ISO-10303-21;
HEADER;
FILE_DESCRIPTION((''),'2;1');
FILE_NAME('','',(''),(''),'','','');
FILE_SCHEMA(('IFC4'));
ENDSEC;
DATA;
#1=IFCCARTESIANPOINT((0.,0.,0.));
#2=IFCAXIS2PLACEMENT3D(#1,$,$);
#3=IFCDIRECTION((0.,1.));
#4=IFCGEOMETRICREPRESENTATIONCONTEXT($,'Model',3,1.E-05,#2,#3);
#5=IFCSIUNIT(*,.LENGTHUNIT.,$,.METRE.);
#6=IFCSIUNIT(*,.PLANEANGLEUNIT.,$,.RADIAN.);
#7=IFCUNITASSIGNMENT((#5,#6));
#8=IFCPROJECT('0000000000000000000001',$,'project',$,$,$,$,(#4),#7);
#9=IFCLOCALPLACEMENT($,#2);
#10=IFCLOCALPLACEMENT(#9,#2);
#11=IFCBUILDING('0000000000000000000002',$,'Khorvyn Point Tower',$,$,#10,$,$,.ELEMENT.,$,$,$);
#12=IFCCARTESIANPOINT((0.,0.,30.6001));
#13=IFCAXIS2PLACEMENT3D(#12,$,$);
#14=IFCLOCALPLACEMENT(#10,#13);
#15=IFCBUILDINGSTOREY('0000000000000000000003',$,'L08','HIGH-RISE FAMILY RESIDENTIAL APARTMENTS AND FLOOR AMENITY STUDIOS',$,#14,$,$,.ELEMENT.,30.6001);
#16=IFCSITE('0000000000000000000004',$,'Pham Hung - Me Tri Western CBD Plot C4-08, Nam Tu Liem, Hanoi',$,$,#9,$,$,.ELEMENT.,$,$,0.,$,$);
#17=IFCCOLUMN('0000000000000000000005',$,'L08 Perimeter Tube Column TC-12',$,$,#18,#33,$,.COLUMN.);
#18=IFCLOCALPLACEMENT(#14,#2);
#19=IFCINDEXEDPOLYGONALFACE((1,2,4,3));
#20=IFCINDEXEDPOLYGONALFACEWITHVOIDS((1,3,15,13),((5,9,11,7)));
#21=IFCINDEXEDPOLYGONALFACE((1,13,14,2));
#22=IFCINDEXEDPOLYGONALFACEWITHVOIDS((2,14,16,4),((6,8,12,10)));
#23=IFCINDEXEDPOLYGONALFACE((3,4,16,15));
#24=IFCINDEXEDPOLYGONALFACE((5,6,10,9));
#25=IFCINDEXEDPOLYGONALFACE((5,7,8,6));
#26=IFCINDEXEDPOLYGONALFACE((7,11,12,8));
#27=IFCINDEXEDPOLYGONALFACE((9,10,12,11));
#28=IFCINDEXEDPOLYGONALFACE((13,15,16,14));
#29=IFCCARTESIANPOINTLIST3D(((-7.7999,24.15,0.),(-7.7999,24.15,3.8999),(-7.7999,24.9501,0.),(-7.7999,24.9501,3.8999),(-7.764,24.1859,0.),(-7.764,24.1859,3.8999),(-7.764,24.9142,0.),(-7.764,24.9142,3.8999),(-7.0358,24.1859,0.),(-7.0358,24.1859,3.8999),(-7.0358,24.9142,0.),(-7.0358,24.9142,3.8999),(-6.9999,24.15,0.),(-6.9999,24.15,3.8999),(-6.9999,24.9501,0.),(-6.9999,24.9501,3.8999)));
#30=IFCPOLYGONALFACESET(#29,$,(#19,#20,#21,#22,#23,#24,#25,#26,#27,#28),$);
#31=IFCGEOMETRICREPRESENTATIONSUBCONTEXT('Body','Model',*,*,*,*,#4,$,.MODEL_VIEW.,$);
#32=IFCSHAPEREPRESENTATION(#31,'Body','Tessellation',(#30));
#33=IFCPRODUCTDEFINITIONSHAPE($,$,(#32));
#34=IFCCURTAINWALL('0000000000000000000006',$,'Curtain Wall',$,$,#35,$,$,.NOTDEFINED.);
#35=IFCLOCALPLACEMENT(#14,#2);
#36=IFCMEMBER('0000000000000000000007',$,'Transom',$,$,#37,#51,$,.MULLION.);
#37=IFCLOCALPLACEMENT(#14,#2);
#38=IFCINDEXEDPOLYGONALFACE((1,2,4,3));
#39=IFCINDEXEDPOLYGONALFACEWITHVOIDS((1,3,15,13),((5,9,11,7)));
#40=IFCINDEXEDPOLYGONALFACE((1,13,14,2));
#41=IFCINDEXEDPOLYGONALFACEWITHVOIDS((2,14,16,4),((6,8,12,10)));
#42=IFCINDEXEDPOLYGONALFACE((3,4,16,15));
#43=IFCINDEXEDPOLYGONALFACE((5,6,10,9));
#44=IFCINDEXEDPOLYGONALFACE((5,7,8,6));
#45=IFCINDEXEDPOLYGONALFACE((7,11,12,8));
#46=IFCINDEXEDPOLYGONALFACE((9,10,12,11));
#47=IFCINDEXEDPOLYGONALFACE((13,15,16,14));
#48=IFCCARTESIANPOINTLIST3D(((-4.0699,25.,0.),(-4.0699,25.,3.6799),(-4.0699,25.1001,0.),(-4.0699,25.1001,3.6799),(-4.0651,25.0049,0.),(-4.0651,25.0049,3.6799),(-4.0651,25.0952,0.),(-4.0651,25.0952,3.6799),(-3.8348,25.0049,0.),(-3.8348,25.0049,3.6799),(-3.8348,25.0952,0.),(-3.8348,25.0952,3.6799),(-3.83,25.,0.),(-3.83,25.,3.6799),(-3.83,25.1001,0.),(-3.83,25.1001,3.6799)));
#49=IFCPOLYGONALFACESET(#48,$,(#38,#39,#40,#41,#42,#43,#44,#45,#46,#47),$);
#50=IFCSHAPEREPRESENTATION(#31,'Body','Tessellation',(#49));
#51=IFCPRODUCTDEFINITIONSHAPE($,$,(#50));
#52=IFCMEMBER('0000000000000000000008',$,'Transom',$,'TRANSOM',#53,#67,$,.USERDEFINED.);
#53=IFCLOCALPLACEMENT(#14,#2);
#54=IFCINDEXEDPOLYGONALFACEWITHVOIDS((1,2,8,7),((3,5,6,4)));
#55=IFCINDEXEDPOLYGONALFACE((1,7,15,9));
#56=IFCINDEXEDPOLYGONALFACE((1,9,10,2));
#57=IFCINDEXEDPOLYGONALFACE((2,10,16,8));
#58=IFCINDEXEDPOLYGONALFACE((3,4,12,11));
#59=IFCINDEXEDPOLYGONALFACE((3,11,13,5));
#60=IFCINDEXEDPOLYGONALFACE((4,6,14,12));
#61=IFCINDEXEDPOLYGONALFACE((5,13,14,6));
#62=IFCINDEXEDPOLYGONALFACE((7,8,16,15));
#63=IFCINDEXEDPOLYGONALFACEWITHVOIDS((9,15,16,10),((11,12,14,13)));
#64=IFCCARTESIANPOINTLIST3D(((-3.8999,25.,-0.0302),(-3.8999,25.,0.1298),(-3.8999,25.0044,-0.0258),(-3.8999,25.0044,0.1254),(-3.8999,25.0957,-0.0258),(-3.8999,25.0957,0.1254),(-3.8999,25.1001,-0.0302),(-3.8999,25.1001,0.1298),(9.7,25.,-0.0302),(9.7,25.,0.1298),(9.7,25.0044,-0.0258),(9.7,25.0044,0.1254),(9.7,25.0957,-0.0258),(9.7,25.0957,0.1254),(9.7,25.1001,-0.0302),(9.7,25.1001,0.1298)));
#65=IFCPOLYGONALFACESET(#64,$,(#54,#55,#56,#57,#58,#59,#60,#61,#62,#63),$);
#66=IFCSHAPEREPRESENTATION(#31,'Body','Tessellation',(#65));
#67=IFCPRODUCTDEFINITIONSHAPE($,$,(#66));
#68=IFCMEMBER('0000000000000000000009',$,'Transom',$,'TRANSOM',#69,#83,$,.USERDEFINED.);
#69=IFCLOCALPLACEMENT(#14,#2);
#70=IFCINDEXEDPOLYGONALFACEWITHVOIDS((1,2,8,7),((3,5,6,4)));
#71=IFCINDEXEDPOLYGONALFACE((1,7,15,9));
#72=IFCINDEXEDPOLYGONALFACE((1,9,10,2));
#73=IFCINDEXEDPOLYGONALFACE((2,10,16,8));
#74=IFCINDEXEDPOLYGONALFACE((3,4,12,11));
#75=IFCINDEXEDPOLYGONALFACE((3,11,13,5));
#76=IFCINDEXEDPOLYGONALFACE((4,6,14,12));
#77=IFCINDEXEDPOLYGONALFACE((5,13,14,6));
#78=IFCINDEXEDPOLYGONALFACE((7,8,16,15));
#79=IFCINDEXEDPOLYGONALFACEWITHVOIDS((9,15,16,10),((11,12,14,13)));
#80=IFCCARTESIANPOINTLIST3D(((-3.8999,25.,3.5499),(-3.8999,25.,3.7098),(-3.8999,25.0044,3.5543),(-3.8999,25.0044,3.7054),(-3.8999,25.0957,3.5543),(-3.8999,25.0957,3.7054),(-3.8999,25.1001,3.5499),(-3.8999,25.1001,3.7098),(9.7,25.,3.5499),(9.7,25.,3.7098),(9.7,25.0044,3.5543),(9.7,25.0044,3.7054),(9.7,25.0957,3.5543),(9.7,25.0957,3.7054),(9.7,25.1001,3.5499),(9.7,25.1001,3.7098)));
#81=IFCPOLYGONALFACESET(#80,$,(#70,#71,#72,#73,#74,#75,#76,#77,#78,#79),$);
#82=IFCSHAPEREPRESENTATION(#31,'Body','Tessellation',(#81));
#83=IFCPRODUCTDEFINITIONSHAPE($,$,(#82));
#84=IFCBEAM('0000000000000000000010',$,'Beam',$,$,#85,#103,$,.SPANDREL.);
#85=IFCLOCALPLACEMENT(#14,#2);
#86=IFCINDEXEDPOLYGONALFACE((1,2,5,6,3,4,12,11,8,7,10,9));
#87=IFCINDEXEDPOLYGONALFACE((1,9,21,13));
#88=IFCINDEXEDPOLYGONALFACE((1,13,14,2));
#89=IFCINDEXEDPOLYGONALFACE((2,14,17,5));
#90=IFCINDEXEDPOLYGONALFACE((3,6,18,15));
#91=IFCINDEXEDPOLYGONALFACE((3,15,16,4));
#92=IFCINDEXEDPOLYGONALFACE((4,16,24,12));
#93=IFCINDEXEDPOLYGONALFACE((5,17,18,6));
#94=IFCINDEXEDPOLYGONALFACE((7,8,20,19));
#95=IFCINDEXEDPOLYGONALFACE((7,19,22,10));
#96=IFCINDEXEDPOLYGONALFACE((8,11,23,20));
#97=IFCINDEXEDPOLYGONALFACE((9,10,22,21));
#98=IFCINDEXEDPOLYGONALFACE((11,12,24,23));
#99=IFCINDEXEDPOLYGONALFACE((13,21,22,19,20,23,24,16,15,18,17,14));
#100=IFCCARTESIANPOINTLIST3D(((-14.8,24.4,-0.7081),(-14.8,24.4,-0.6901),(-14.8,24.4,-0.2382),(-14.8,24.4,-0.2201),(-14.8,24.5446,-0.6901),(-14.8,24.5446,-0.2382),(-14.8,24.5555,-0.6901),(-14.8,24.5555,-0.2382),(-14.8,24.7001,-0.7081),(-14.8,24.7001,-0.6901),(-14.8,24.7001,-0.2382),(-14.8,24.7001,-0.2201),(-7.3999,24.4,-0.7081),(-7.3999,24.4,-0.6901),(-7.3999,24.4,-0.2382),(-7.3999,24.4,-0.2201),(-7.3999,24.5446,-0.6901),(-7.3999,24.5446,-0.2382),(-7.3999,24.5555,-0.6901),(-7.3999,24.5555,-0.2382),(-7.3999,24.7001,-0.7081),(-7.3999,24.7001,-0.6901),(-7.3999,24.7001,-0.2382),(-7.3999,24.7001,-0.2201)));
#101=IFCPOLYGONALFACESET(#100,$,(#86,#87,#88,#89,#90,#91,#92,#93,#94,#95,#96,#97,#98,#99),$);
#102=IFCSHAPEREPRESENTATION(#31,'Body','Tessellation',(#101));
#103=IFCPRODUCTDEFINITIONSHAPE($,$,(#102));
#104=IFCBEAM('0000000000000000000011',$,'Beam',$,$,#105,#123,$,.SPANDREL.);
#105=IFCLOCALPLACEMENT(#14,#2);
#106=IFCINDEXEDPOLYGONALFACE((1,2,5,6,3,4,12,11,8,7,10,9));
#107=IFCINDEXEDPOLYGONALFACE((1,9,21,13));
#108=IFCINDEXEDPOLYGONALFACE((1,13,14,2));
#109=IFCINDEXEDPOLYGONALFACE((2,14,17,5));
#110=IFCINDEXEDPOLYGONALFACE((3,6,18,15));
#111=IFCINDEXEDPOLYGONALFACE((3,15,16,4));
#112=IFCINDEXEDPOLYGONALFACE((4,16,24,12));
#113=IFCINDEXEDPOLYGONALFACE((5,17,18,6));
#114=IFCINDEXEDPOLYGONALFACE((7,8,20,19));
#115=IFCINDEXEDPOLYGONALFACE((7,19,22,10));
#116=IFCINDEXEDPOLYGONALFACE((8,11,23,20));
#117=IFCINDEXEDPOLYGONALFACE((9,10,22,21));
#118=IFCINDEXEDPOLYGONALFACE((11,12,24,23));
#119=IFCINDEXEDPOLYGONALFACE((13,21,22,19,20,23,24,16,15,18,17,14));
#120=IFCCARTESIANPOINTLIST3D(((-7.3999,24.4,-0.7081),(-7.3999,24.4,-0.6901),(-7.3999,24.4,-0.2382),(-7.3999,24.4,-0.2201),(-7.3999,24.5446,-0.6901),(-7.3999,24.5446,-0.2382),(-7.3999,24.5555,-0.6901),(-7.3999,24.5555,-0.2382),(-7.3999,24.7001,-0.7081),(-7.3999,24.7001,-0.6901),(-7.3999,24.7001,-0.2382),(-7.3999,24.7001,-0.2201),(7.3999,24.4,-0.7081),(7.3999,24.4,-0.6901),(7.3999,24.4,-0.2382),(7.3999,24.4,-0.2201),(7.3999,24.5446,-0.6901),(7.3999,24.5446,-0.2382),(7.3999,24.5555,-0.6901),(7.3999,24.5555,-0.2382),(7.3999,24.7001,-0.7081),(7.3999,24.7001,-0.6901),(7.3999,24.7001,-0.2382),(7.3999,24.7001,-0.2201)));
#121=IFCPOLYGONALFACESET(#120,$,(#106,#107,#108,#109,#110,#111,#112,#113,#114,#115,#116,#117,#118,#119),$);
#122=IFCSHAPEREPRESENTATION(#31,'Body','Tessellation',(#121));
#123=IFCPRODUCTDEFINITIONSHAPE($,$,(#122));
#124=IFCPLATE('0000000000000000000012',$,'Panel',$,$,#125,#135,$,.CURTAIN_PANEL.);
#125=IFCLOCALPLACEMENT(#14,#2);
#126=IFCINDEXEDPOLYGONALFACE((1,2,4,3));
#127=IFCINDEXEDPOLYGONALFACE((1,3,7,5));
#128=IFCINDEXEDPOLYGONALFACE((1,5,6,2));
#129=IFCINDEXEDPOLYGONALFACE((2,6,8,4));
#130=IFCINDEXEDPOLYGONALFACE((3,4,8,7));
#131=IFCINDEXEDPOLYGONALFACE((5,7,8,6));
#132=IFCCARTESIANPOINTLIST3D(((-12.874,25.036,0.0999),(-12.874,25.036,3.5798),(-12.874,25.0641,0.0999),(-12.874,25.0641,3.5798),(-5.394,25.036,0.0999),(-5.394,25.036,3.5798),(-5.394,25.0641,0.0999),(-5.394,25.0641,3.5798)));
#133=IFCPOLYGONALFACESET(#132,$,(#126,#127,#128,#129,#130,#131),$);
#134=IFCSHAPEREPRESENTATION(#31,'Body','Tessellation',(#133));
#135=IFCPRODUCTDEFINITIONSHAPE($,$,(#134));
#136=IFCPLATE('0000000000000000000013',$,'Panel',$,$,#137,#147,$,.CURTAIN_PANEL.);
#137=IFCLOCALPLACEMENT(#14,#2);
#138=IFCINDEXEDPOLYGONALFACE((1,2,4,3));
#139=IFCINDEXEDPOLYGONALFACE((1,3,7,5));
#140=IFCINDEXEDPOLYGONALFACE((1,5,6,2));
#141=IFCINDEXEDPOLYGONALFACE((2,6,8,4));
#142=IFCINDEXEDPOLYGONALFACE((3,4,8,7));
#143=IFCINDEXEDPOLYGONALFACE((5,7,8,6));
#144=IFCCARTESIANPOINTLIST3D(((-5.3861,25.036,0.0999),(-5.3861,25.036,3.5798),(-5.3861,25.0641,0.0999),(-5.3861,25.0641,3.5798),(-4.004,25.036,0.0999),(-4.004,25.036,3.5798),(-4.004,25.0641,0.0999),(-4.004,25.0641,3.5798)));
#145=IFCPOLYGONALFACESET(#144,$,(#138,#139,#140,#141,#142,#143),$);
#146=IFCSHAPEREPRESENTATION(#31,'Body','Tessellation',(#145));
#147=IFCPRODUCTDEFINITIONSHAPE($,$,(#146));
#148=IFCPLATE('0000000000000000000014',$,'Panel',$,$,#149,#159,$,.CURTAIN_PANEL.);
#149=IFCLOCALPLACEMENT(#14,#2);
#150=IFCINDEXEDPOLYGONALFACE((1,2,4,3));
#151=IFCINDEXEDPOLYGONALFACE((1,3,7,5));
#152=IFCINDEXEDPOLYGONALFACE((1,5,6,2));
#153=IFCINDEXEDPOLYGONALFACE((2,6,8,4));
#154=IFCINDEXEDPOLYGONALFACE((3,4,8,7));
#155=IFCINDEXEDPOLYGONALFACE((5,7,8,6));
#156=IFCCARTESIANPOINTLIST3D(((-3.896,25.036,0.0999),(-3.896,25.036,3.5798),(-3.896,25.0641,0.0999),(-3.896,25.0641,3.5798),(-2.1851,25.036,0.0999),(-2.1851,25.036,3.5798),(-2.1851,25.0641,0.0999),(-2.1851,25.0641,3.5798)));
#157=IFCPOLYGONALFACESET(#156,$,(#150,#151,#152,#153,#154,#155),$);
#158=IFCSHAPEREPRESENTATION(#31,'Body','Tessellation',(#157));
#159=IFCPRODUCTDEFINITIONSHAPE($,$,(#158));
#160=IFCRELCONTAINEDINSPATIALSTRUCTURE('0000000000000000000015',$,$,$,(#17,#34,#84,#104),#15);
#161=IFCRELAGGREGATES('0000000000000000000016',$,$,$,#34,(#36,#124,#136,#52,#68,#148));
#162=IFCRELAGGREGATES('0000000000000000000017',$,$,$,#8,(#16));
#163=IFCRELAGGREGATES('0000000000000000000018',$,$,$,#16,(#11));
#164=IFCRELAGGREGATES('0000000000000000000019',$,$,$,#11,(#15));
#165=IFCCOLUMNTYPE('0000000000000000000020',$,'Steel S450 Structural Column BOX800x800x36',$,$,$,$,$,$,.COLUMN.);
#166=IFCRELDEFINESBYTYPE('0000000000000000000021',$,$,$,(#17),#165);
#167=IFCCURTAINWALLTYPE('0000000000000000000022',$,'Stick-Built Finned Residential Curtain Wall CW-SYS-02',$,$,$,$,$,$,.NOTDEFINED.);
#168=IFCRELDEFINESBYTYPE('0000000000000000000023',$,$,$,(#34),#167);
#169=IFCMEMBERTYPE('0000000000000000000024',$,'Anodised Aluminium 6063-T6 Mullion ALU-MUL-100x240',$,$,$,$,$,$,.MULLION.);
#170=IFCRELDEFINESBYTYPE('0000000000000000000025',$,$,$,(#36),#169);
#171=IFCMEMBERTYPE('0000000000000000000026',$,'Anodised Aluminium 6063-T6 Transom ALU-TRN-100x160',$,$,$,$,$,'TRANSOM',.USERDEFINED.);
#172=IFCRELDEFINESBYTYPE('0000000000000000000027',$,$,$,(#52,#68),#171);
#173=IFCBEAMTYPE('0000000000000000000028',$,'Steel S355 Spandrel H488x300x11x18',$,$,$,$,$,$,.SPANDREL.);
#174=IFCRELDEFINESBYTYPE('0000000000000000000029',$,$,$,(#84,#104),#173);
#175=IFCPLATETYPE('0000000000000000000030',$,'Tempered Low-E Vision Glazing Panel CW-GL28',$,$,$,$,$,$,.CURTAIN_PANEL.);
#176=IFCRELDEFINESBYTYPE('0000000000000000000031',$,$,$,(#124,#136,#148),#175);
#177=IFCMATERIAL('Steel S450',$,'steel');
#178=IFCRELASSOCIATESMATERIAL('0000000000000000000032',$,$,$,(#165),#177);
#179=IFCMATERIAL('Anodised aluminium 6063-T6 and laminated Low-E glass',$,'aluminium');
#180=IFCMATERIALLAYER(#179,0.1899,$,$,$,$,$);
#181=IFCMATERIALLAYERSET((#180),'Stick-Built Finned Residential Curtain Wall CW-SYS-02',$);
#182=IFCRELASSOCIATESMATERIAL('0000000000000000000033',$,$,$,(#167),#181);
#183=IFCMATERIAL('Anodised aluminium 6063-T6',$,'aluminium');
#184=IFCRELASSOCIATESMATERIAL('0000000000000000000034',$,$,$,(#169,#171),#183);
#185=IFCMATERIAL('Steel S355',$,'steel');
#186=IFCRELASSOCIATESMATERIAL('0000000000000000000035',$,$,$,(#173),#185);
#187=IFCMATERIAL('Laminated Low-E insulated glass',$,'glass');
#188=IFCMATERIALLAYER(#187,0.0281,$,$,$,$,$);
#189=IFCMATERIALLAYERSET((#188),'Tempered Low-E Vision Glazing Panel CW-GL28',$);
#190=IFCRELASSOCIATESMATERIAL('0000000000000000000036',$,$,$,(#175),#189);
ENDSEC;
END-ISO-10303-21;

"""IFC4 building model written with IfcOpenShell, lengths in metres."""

from ifc_helpers import new_model, si_unit, direction, frame, origin, origin_2d, place, context, subcontext, project, spatial, rectangle, hollow_rectangle, i_section, extrude, material, layer, layer_set, material_profile, profile_set, type_object, element, aggregate, save


model = new_model("IFC4")

# Units and contexts
model_context = context("Model", 3, precision=1e-05, world=origin(), true_north=direction((0.0, 1.0)))
body_context = subcontext(model_context, "Body", "Model", "MODEL_VIEW")
ifc_project = project(units=[si_unit("LENGTHUNIT", "METRE"), si_unit("PLANEANGLEUNIT", "RADIAN")], contexts=[model_context])

# Site, building, storey
site_placement = place(None, origin())
site = spatial("IfcSite", under=ifc_project, at=site_placement, Name="Pham Hung - Me Tri Western CBD Plot C4-08, Nam Tu Liem, Hanoi", CompositionType="ELEMENT", RefElevation=0.0)
building_placement = place(site_placement, origin())
building = spatial("IfcBuilding", under=site, at=building_placement, Name="Khorvyn Point Tower", CompositionType="ELEMENT")
storey_placement = place(building_placement, frame((0.0, 0.0, 30.6001)))
storey = spatial("IfcBuildingStorey", under=building, at=storey_placement, Name="L08", Description="HIGH-RISE FAMILY RESIDENTIAL APARTMENTS AND FLOOR AMENITY STUDIOS", CompositionType="ELEMENT", Elevation=30.6001)

# Column
ifc_material_1 = material(Name="Steel S450", Category="steel")
ifc_material_profile_1 = material_profile(ifc_material_1, hollow_rectangle(XDim=0.8, YDim=0.8, WallThickness=0.0359, at=origin_2d()))
ifc_profile_set_1 = profile_set([ifc_material_profile_1], Name="Steel S450 BOX800x800x36")
column_type = type_object("IfcColumnType", Name="Steel S450 Structural Column BOX800x800x36", PredefinedType="COLUMN", material=ifc_profile_set_1)
column_placement = place(storey_placement, frame((-7.3999, 24.55, 0.0), z_axis=(0.0, 0.0, 1.0), x_axis=(1.0, 0.0, 0.0)))
element("IfcColumn", 1, at=column_placement, inside=storey, type_object=column_type, Name="L08 Perimeter Tube Column TC-12", PredefinedType="COLUMN", context=body_context, shape_type="SweptSolid", body=[
    extrude(hollow_rectangle(XDim=0.8, YDim=0.8, WallThickness=0.0359, at=origin_2d()), origin(), (0.0, 0.0, 1.0), 3.8999),
])

# Curtain wall, members
ifc_material_2 = material(Name="Anodised aluminium 6063-T6 and laminated Low-E glass", Category="aluminium")
ifc_layer_1 = layer(ifc_material_2, 0.1899)
ifc_layer_set_1 = layer_set([ifc_layer_1], Name="Stick-Built Finned Residential Curtain Wall CW-SYS-02")
curtain_wall_type = type_object("IfcCurtainWallType", Name="Stick-Built Finned Residential Curtain Wall CW-SYS-02", PredefinedType="NOTDEFINED", material=ifc_layer_set_1)
curtain_wall_placement = place(storey_placement, origin())
curtain_wall = element("IfcCurtainWall", 2, at=curtain_wall_placement, inside=storey, type_object=curtain_wall_type, Name="Curtain Wall", PredefinedType="NOTDEFINED")
ifc_material_3 = material(Name="Anodised aluminium 6063-T6", Category="aluminium")
ifc_material_profile_2 = material_profile(ifc_material_3, hollow_rectangle(XDim=0.1001, YDim=0.24, WallThickness=0.0049, at=origin_2d()))
ifc_profile_set_2 = profile_set([ifc_material_profile_2], Name="Anodised aluminium 6063-T6 ALU-MUL-100x240")
member_type_1 = type_object("IfcMemberType", Name="Anodised Aluminium 6063-T6 Mullion ALU-MUL-100x240", PredefinedType="MULLION", material=ifc_profile_set_2)
member_1_placement = place(storey_placement, frame((-3.95, 25.05, 0.0), z_axis=(0.0, 0.0, 1.0), x_axis=(0.0, 1.0, 0.0)))
member_1 = element("IfcMember", 3, at=member_1_placement, type_object=member_type_1, Name="Transom", PredefinedType="MULLION", context=body_context, shape_type="SweptSolid", body=[
    extrude(hollow_rectangle(XDim=0.1001, YDim=0.24, WallThickness=0.0049, at=origin_2d()), origin(), (0.0, 0.0, 1.0), 3.6799),
])
ifc_material_profile_3 = material_profile(ifc_material_3, hollow_rectangle(XDim=0.1001, YDim=0.1599, WallThickness=0.0044, at=origin_2d()))
ifc_profile_set_3 = profile_set([ifc_material_profile_3], Name="Anodised aluminium 6063-T6 ALU-TRN-100x160")
member_type_2 = type_object("IfcMemberType", Name="Anodised Aluminium 6063-T6 Transom ALU-TRN-100x160", ElementType="TRANSOM", PredefinedType="USERDEFINED", material=ifc_profile_set_3)
member_2_placement = place(storey_placement, frame((-3.8999, 25.05, 0.0498), z_axis=(1.0, 0.0, 0.0), x_axis=(0.0, 1.0, 0.0)))
member_2 = element("IfcMember", 4, at=member_2_placement, type_object=member_type_2, Name="Transom", ObjectType="TRANSOM", PredefinedType="USERDEFINED", context=body_context, shape_type="SweptSolid", body=[
    extrude(hollow_rectangle(XDim=0.1001, YDim=0.1599, WallThickness=0.0044, at=origin_2d()), origin(), (0.0, 0.0, 1.0), 13.5999),
])
member_3_placement = place(storey_placement, frame((-3.8999, 25.05, 3.6299), z_axis=(1.0, 0.0, 0.0), x_axis=(0.0, 1.0, 0.0)))
member_3 = element("IfcMember", 5, at=member_3_placement, type_object=member_type_2, Name="Transom", ObjectType="TRANSOM", PredefinedType="USERDEFINED", context=body_context, shape_type="SweptSolid", body=[
    extrude(hollow_rectangle(XDim=0.1001, YDim=0.1599, WallThickness=0.0044, at=origin_2d()), origin(), (0.0, 0.0, 1.0), 13.5999),
])

# Beams
ifc_material_4 = material(Name="Steel S355", Category="steel")
ifc_material_profile_4 = material_profile(ifc_material_4, i_section(OverallWidth=0.3, OverallDepth=0.488, WebThickness=0.011, FlangeThickness=0.0181, at=origin_2d()))
ifc_profile_set_4 = profile_set([ifc_material_profile_4], Name="Steel S355 H488x300x11x18")
beam_type = type_object("IfcBeamType", Name="Steel S355 Spandrel H488x300x11x18", PredefinedType="SPANDREL", material=ifc_profile_set_4)
beam_1_placement = place(storey_placement, frame((-14.8, 24.55, -0.4641), z_axis=(1.0, 0.0, 0.0), x_axis=(0.0, 1.0, 0.0)))
element("IfcBeam", 6, at=beam_1_placement, inside=storey, type_object=beam_type, Name="Beam", PredefinedType="SPANDREL", context=body_context, shape_type="SweptSolid", body=[
    extrude(i_section(OverallWidth=0.3, OverallDepth=0.488, WebThickness=0.011, FlangeThickness=0.0181, at=origin_2d()), origin(), (0.0, 0.0, 1.0), 7.4001),
])
beam_2_placement = place(storey_placement, frame((-7.3999, 24.55, -0.4641), z_axis=(1.0, 0.0, 0.0), x_axis=(0.0, 1.0, 0.0)))
element("IfcBeam", 7, at=beam_2_placement, inside=storey, type_object=beam_type, Name="Beam", PredefinedType="SPANDREL", context=body_context, shape_type="SweptSolid", body=[
    extrude(i_section(OverallWidth=0.3, OverallDepth=0.488, WebThickness=0.011, FlangeThickness=0.0181, at=origin_2d()), origin(), (0.0, 0.0, 1.0), 14.7998),
])

# Plates
ifc_material_5 = material(Name="Laminated Low-E insulated glass", Category="glass")
ifc_layer_2 = layer(ifc_material_5, 0.0281)
ifc_layer_set_2 = layer_set([ifc_layer_2], Name="Tempered Low-E Vision Glazing Panel CW-GL28")
plate_type = type_object("IfcPlateType", Name="Tempered Low-E Vision Glazing Panel CW-GL28", PredefinedType="CURTAIN_PANEL", material=ifc_layer_set_2)
plate_1_placement = place(storey_placement, frame((-9.134, 25.05, 0.0999), z_axis=(0.0, 0.0, 1.0), x_axis=(1.0, 0.0, 0.0)))
plate_1 = element("IfcPlate", 8, at=plate_1_placement, type_object=plate_type, Name="Panel", PredefinedType="CURTAIN_PANEL", context=body_context, shape_type="SweptSolid", body=[
    extrude(rectangle(XDim=7.48, YDim=0.0281, at=origin_2d()), origin(), (0.0, 0.0, 1.0), 3.48),
])
plate_2_placement = place(storey_placement, frame((-4.6951, 25.05, 0.0999), z_axis=(0.0, 0.0, 1.0), x_axis=(1.0, 0.0, 0.0)))
plate_2 = element("IfcPlate", 9, at=plate_2_placement, type_object=plate_type, Name="Panel", PredefinedType="CURTAIN_PANEL", context=body_context, shape_type="SweptSolid", body=[
    extrude(rectangle(XDim=1.3821, YDim=0.0281, at=origin_2d()), origin(), (0.0, 0.0, 1.0), 3.48),
])
plate_3_placement = place(storey_placement, frame((-3.0405, 25.05, 0.0999), z_axis=(0.0, 0.0, 1.0), x_axis=(1.0, 0.0, 0.0)))
plate_3 = element("IfcPlate", 10, at=plate_3_placement, type_object=plate_type, Name="Panel", PredefinedType="CURTAIN_PANEL", context=body_context, shape_type="SweptSolid", body=[
    extrude(rectangle(XDim=1.7109, YDim=0.0281, at=origin_2d()), origin(), (0.0, 0.0, 1.0), 3.48),
])
aggregate(curtain_wall, [member_1, plate_1, plate_2, member_2, member_3, plate_3])

save(model, "model.ifc")
